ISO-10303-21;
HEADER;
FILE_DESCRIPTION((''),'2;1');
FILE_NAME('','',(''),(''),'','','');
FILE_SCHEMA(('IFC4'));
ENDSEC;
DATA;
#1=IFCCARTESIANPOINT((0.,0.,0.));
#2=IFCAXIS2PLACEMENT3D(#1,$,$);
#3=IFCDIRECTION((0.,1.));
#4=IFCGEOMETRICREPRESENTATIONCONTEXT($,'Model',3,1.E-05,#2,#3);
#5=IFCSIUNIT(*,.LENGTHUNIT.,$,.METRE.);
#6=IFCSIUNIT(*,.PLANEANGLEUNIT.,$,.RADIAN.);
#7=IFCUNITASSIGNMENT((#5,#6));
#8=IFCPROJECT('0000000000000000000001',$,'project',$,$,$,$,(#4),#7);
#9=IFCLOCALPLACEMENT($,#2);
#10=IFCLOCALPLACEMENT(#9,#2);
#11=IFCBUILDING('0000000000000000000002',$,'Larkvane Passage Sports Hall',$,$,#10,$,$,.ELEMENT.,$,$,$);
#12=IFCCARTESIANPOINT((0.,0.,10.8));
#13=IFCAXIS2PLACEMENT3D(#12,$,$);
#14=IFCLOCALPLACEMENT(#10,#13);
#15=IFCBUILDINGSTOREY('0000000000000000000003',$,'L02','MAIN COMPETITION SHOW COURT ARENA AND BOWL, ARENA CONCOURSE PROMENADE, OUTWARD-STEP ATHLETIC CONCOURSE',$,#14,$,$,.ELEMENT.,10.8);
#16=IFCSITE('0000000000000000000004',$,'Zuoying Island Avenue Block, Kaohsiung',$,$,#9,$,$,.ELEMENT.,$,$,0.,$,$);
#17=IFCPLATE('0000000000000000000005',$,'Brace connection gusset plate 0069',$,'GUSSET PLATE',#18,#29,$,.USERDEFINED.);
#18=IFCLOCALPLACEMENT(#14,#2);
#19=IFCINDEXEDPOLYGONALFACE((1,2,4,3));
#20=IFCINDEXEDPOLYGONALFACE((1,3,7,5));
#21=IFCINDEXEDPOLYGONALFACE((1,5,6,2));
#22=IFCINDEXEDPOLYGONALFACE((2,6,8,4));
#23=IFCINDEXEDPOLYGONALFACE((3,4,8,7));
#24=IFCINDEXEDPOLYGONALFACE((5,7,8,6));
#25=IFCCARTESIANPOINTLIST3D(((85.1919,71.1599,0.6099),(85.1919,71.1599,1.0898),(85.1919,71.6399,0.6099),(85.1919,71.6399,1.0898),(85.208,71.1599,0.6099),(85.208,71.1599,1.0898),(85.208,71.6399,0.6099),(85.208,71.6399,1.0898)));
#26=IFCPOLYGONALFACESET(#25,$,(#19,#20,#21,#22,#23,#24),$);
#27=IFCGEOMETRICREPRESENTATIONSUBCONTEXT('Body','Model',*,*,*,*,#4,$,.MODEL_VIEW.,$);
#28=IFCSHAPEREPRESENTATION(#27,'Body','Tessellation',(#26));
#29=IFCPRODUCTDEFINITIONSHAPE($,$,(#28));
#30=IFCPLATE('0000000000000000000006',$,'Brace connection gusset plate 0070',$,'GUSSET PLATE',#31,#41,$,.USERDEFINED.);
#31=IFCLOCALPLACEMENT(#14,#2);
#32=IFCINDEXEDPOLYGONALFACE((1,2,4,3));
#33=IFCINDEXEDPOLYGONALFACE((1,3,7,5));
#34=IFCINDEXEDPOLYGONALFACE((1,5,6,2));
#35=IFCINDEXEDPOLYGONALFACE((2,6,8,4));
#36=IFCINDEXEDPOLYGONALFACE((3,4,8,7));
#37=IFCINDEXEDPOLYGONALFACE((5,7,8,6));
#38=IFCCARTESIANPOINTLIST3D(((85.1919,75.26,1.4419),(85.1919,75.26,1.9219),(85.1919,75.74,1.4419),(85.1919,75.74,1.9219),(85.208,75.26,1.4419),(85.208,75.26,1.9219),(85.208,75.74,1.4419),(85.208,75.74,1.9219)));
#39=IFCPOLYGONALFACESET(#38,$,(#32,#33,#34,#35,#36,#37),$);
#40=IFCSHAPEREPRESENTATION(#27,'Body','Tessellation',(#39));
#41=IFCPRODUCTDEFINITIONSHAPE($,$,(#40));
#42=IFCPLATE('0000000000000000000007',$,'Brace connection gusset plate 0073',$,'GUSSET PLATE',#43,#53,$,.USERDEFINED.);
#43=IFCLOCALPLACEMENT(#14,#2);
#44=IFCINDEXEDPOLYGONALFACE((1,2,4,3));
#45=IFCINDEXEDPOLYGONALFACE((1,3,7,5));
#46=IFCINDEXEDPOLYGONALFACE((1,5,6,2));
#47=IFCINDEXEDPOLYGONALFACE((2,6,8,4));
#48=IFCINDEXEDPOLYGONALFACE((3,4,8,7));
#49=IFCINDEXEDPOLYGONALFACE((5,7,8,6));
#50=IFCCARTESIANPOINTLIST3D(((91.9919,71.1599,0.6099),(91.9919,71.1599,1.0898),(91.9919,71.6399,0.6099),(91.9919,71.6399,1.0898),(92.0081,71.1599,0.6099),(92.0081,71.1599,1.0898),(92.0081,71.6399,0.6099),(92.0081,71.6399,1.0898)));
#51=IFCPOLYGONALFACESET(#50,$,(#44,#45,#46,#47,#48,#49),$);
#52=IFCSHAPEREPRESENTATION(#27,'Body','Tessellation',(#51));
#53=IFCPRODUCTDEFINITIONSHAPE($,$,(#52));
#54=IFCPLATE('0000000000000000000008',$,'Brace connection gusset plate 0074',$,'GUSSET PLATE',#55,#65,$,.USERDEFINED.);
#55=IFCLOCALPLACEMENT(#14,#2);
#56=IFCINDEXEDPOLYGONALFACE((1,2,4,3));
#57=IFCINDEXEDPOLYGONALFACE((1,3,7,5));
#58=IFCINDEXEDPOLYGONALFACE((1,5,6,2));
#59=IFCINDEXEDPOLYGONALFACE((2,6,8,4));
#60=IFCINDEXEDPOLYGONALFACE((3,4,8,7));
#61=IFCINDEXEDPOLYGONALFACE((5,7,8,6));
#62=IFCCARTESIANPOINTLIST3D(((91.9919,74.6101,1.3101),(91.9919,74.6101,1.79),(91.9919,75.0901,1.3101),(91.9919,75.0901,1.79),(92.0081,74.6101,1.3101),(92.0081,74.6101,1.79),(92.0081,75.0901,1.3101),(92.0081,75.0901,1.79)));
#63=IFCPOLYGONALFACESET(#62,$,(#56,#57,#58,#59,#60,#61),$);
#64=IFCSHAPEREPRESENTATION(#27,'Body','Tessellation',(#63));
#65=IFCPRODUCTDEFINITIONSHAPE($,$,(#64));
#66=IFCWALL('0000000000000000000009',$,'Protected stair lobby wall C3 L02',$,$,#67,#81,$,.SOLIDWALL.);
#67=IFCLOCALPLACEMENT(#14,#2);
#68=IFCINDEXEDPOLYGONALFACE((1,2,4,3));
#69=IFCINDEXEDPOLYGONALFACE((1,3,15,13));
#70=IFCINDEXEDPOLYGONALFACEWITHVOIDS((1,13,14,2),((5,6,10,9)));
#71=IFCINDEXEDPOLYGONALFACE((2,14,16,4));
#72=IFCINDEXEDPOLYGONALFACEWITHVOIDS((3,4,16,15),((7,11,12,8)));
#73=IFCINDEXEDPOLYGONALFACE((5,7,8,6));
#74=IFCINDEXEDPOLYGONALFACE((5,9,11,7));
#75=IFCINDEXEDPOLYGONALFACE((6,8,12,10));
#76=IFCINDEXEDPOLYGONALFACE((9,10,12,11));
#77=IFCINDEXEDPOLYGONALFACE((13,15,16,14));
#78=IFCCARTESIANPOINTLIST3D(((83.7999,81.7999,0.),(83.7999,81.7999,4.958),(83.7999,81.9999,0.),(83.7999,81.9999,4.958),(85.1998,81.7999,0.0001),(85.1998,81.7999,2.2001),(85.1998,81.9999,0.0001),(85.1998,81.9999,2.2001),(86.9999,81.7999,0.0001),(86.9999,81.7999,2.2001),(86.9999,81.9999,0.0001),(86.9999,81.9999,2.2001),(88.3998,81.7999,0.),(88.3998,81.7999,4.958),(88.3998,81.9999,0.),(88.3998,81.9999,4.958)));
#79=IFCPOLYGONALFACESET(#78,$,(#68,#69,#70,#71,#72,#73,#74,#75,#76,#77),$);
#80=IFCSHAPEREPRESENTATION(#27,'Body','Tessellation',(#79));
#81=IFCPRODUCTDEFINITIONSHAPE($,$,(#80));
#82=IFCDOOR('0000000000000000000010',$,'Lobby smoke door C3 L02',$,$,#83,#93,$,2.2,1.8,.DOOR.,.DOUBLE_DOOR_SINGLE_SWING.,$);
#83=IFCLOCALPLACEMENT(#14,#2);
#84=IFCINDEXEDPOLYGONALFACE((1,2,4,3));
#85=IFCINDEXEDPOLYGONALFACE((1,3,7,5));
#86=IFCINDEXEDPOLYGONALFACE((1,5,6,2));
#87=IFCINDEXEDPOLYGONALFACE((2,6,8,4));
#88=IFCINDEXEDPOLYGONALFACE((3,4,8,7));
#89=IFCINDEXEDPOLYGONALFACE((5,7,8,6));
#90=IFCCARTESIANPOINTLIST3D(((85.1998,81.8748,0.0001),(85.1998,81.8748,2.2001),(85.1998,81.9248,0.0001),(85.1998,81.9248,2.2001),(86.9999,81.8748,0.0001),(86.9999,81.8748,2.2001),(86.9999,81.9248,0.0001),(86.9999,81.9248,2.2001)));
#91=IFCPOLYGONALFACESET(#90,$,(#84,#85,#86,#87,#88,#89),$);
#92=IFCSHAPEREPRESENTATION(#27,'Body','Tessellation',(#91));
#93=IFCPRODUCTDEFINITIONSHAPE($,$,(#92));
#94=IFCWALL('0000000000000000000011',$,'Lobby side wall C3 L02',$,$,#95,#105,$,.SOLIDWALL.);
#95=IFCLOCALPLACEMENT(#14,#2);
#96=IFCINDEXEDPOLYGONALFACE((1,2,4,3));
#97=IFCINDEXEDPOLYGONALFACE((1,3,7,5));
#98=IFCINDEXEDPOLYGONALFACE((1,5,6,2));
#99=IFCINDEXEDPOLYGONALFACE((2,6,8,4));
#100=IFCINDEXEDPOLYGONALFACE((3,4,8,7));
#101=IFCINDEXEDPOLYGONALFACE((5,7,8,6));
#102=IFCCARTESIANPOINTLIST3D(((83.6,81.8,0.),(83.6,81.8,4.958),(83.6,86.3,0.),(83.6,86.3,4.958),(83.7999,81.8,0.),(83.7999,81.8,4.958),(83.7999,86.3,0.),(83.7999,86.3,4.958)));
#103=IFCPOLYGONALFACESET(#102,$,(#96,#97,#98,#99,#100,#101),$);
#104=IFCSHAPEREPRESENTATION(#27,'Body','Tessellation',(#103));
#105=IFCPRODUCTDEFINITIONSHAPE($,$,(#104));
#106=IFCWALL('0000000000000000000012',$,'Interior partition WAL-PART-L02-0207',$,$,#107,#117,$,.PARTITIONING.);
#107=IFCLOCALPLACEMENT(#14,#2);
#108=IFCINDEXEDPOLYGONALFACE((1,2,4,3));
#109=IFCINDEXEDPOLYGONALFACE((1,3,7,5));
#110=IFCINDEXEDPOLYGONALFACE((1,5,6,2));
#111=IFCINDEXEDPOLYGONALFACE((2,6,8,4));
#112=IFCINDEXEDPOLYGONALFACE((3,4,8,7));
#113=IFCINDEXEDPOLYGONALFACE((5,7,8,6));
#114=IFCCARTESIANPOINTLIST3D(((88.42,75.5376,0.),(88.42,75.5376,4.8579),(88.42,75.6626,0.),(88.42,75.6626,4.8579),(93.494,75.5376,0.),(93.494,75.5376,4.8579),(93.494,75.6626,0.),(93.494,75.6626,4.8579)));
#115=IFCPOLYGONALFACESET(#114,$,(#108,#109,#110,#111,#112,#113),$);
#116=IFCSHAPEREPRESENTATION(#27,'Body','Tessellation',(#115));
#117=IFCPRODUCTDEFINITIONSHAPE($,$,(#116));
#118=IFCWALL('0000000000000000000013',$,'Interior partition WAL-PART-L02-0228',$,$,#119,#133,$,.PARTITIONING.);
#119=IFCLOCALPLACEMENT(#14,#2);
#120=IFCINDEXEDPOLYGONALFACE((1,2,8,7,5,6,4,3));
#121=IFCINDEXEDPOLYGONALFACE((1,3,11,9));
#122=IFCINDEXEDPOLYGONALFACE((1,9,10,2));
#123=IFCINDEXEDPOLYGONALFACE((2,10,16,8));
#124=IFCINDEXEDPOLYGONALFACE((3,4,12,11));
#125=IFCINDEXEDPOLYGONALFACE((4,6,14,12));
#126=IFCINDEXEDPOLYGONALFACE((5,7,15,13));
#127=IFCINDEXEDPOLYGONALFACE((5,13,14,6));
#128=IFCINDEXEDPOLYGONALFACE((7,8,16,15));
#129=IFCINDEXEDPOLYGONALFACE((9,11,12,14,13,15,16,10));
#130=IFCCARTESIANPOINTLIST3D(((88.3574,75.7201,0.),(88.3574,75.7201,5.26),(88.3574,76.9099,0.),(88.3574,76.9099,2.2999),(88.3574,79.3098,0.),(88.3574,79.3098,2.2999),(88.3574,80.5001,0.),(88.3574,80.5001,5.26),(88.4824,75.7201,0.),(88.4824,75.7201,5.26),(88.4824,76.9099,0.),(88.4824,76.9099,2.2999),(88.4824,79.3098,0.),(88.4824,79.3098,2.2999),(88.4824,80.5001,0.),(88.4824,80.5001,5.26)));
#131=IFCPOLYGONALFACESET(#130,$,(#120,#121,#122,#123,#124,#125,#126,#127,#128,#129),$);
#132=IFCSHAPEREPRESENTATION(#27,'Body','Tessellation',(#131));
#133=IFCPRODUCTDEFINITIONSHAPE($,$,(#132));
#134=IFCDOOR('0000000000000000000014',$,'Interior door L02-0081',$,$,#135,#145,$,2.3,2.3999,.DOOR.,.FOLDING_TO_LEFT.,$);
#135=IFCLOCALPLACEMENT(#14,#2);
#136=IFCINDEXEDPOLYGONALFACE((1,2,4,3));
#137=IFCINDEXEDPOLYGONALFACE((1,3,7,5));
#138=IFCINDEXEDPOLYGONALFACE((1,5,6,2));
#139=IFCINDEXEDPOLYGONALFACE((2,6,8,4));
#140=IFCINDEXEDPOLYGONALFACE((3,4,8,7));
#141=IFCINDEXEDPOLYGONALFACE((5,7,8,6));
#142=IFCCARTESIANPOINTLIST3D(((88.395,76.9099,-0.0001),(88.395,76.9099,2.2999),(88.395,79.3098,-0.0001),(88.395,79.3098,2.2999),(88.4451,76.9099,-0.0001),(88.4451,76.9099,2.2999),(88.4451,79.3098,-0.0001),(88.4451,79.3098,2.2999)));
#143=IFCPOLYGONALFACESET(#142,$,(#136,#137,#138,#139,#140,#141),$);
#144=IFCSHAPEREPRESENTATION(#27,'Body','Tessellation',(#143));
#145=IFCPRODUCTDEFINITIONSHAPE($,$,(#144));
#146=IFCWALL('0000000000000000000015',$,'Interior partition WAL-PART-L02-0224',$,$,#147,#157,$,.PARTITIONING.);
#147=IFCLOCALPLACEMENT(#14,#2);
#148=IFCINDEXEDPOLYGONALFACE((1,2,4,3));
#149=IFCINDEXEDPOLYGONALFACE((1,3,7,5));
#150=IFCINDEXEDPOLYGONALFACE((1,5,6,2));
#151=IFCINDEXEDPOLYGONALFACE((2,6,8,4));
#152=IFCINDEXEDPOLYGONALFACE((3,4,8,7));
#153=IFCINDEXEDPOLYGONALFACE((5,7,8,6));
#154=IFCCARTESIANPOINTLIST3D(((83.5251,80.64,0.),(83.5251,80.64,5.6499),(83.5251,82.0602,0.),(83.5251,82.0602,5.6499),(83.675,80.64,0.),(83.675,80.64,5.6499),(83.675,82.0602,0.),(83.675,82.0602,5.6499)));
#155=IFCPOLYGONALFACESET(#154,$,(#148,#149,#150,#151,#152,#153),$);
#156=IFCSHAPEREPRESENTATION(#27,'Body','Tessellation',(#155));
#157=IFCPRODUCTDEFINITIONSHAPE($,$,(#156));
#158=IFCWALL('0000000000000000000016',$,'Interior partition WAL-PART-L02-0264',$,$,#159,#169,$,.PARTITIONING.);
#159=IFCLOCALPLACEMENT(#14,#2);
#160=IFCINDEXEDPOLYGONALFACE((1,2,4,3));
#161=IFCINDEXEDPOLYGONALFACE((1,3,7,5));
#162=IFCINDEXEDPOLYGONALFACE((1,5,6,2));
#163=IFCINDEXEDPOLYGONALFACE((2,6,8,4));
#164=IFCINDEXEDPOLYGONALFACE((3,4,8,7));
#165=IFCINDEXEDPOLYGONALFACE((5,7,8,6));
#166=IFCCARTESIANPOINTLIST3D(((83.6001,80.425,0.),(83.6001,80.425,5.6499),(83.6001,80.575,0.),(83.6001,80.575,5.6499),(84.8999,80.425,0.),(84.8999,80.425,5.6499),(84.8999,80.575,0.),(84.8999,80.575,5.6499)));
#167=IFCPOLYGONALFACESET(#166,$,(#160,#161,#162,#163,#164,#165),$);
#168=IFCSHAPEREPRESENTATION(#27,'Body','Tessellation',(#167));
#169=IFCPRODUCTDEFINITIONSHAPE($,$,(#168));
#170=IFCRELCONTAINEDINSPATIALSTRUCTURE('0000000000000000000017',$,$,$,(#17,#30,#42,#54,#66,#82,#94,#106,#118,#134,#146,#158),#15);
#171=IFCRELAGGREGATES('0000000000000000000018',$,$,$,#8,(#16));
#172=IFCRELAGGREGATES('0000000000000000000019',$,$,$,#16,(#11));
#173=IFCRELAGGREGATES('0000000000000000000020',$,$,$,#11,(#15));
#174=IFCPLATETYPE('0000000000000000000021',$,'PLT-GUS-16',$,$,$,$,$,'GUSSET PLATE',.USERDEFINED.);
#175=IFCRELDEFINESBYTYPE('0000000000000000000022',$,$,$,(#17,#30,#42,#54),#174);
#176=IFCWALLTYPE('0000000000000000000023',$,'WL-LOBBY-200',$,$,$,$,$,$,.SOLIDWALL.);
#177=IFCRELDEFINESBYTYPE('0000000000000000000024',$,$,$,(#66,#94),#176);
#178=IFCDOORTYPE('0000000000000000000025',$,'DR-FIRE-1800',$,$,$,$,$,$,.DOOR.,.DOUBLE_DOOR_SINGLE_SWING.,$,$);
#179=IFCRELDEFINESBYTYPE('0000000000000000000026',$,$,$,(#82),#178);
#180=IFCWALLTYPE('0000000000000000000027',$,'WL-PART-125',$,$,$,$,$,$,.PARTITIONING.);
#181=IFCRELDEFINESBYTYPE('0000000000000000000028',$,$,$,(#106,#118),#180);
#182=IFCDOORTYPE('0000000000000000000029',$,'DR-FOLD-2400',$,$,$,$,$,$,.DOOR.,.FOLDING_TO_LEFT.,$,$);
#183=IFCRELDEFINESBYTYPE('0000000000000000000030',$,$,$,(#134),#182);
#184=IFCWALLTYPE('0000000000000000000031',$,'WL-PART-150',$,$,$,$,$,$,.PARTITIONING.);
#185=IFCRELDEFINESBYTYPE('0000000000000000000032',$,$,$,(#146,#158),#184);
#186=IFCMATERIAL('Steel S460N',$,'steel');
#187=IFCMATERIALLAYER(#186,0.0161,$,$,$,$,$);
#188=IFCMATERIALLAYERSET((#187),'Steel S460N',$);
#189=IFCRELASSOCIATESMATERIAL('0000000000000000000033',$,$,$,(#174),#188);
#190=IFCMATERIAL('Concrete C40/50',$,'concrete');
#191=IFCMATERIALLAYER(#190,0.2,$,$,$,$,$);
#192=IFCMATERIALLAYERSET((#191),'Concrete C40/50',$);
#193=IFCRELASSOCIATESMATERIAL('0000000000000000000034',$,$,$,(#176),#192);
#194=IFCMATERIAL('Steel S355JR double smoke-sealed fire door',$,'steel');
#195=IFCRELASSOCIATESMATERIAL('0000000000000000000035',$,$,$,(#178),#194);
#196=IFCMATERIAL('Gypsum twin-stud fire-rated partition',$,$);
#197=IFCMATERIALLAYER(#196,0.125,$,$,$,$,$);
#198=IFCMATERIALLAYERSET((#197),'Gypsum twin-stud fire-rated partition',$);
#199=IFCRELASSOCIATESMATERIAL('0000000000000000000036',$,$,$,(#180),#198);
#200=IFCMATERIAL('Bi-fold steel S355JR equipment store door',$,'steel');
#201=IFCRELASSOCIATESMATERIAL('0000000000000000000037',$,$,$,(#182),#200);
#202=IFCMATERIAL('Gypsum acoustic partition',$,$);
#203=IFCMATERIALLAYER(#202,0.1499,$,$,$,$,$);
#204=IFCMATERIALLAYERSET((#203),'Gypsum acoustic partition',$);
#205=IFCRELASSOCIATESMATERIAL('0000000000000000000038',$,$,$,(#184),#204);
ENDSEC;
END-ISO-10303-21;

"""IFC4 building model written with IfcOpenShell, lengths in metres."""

from ifc_helpers import new_model, si_unit, direction, frame, frame_2d, origin, origin_2d, place, context, subcontext, project, spatial, rectangle, extrude, material, layer, layer_set, type_object, element, fill, save


model = new_model("IFC4")

# Units and contexts
model_context = context("Model", 3, precision=1e-05, world=origin(), true_north=direction((0.0, 1.0)))
body_context = subcontext(model_context, "Body", "Model", "MODEL_VIEW")
ifc_project = project(units=[si_unit("LENGTHUNIT", "METRE"), si_unit("PLANEANGLEUNIT", "RADIAN")], contexts=[model_context])

# Site, building, storey
site_placement = place(None, origin())
site = spatial("IfcSite", under=ifc_project, at=site_placement, Name="Zuoying Island Avenue Block, Kaohsiung", CompositionType="ELEMENT", RefElevation=0.0)
building_placement = place(site_placement, origin())
building = spatial("IfcBuilding", under=site, at=building_placement, Name="Larkvane Passage Sports Hall", CompositionType="ELEMENT")
storey_placement = place(building_placement, frame((0.0, 0.0, 10.8)))
storey = spatial("IfcBuildingStorey", under=building, at=storey_placement, Name="L02", Description="MAIN COMPETITION SHOW COURT ARENA AND BOWL, ARENA CONCOURSE PROMENADE, OUTWARD-STEP ATHLETIC CONCOURSE", CompositionType="ELEMENT", Elevation=10.8)

# Shared definitions
ifc_material_1 = material(Name="Steel S460N", Category="steel")

# Shared definitions
ifc_material_2 = material(Name="Concrete C40/50", Category="concrete")

# Plates
ifc_layer_1 = layer(ifc_material_1, 0.0161)
ifc_layer_set_1 = layer_set([ifc_layer_1], Name="Steel S460N")
plate_type_1 = type_object("IfcPlateType", Name="PLT-GUS-16", ElementType="GUSSET PLATE", PredefinedType="USERDEFINED", material=ifc_layer_set_1)
for number, where, z_axis, x_axis, name in (
    (1, (85.2, 71.3999, 0.6099), (0.0, 0.0, 1.0), (0.0, 1.0, 0.0), "Brace connection gusset plate 0069"),
    (2, (85.2, 75.5, 1.4419), (0.0, 0.0, 1.0), (0.0, 1.0, 0.0), "Brace connection gusset plate 0070"),
    (3, (92.0, 71.3999, 0.6099), (0.0, 0.0, 1.0), (0.0, 1.0, 0.0), "Brace connection gusset plate 0073"),
    (4, (92.0, 74.8501, 1.3101), (0.0, 0.0, 1.0), (0.0, 1.0, 0.0), "Brace connection gusset plate 0074"),
):
    element("IfcPlate", number, at=place(storey_placement, frame(where, z_axis=z_axis, x_axis=x_axis)), inside=storey, type_object=plate_type_1, Name=name, ObjectType="GUSSET PLATE", PredefinedType="USERDEFINED", context=body_context, shape_type="SweptSolid", body=[
        extrude(rectangle(XDim=0.48, YDim=0.0161, at=origin_2d()), origin(), (0.0, 0.0, 1.0), 0.48),
    ])

# Wall, opening, door
ifc_layer_2 = layer(ifc_material_2, 0.2)
ifc_layer_set_2 = layer_set([ifc_layer_2], Name="Concrete C40/50")
wall_type_1 = type_object("IfcWallType", Name="WL-LOBBY-200", PredefinedType="SOLIDWALL", material=ifc_layer_set_2)
wall_1_placement = place(storey_placement, frame((83.8, 81.8999, 0.0), z_axis=(0.0, 0.0, 1.0), x_axis=(1.0, 0.0, 0.0)))
wall_1 = element("IfcWall", 5, at=wall_1_placement, inside=storey, type_object=wall_type_1, Name="Protected stair lobby wall C3 L02", PredefinedType="SOLIDWALL", context=body_context, shape_type="SweptSolid", body=[
    extrude(rectangle(XDim=4.5999, YDim=0.2, at=frame_2d((2.2998, 0.0))), origin(), (0.0, 0.0, 1.0), 4.958),
])
opening_1_placement = place(wall_1_placement, frame((1.3999, 0.0, 0.0)))
opening_1 = element("IfcOpeningElement", 6, at=opening_1_placement, cuts=wall_1, PredefinedType="OPENING", context=body_context, shape_type="SweptSolid", body=[
    extrude(rectangle(XDim=1.8, YDim=2.2, at=frame_2d((0.8999, 1.1001))), frame((0.0, 0.1099, 0.0), z_axis=(0.0, -1.0, 0.0), x_axis=(1.0, 0.0, 0.0)), (0.0, 0.0, 1.0), 0.22),
])
ifc_material_3 = material(Name="Steel S355JR double smoke-sealed fire door", Category="steel")
door_type_1 = type_object("IfcDoorType", Name="DR-FIRE-1800", OperationType="DOUBLE_DOOR_SINGLE_SWING", PredefinedType="DOOR", material=ifc_material_3)
door_1_placement = place(opening_1_placement, origin())
door_1 = element("IfcDoor", 7, at=door_1_placement, inside=storey, type_object=door_type_1, Name="Lobby smoke door C3 L02", OperationType="DOUBLE_DOOR_SINGLE_SWING", OverallHeight=2.2, OverallWidth=1.8, PredefinedType="DOOR", context=body_context, shape_type="SweptSolid", body=[
    extrude(rectangle(XDim=1.8, YDim=2.2, at=frame_2d((0.8999, 1.1001))), frame((0.0, 0.0249, 0.0), z_axis=(0.0, -1.0, 0.0), x_axis=(1.0, 0.0, 0.0)), (0.0, 0.0, 1.0), 0.05),
])
fill(opening_1, door_1)

# Walls
wall_2_placement = place(storey_placement, frame((83.7, 81.8, 0.0), z_axis=(0.0, 0.0, 1.0), x_axis=(0.0, 1.0, 0.0)))
element("IfcWall", 8, at=wall_2_placement, inside=storey, type_object=wall_type_1, Name="Lobby side wall C3 L02", PredefinedType="SOLIDWALL", context=body_context, shape_type="SweptSolid", body=[
    extrude(rectangle(XDim=4.5, YDim=0.2, at=frame_2d((2.25, 0.0))), origin(), (0.0, 0.0, 1.0), 4.958),
])
ifc_material_4 = material(Name="Gypsum twin-stud fire-rated partition")
ifc_layer_3 = layer(ifc_material_4, 0.125)
ifc_layer_set_3 = layer_set([ifc_layer_3], Name="Gypsum twin-stud fire-rated partition")
wall_type_2 = type_object("IfcWallType", Name="WL-PART-125", PredefinedType="PARTITIONING", material=ifc_layer_set_3)
wall_3_placement = place(storey_placement, frame((88.4199, 75.6001, 0.0), z_axis=(0.0, 0.0, 1.0), x_axis=(1.0, 0.0, 0.0)))
element("IfcWall", 9, at=wall_3_placement, inside=storey, type_object=wall_type_2, Name="Interior partition WAL-PART-L02-0207", PredefinedType="PARTITIONING", context=body_context, shape_type="SweptSolid", body=[
    extrude(rectangle(XDim=5.074, YDim=0.125, at=frame_2d((2.5371, 0.0))), origin(), (0.0, 0.0, 1.0), 4.8579),
])

# Wall, opening, door
wall_4_placement = place(storey_placement, frame((88.4199, 75.72, 0.0), z_axis=(0.0, 0.0, 1.0), x_axis=(0.0, 1.0, 0.0)))
wall_4 = element("IfcWall", 10, at=wall_4_placement, inside=storey, type_object=wall_type_2, Name="Interior partition WAL-PART-L02-0228", PredefinedType="PARTITIONING", context=body_context, shape_type="SweptSolid", body=[
    extrude(rectangle(XDim=4.78, YDim=0.125, at=frame_2d((2.3901, 0.0))), origin(), (0.0, 0.0, 1.0), 5.26),
])
opening_2_placement = place(wall_4_placement, frame((1.1899, 0.0, 0.0)))
opening_2 = element("IfcOpeningElement", 11, at=opening_2_placement, cuts=wall_4, PredefinedType="OPENING", context=body_context, shape_type="SweptSolid", body=[
    extrude(rectangle(XDim=2.3999, YDim=2.3, at=frame_2d((1.2, 1.1499))), frame((0.0, 0.0725, 0.0), z_axis=(0.0, -1.0, 0.0), x_axis=(1.0, 0.0, 0.0)), (0.0, 0.0, 1.0), 0.145),
])
ifc_material_5 = material(Name="Bi-fold steel S355JR equipment store door", Category="steel")
door_type_2 = type_object("IfcDoorType", Name="DR-FOLD-2400", OperationType="FOLDING_TO_LEFT", PredefinedType="DOOR", material=ifc_material_5)
door_2_placement = place(opening_2_placement, origin())
door_2 = element("IfcDoor", 12, at=door_2_placement, inside=storey, type_object=door_type_2, Name="Interior door L02-0081", OperationType="FOLDING_TO_LEFT", OverallHeight=2.3, OverallWidth=2.3999, PredefinedType="DOOR", context=body_context, shape_type="SweptSolid", body=[
    extrude(rectangle(XDim=2.3999, YDim=2.3, at=frame_2d((1.2, 1.1499))), frame((0.0, 0.0249, 0.0), z_axis=(0.0, -1.0, 0.0), x_axis=(1.0, 0.0, 0.0)), (0.0, 0.0, 1.0), 0.05),
])
fill(opening_2, door_2)

# Walls
ifc_material_6 = material(Name="Gypsum acoustic partition")
ifc_layer_4 = layer(ifc_material_6, 0.1499)
ifc_layer_set_4 = layer_set([ifc_layer_4], Name="Gypsum acoustic partition")
wall_type_3 = type_object("IfcWallType", Name="WL-PART-150", PredefinedType="PARTITIONING", material=ifc_layer_set_4)
wall_5_placement = place(storey_placement, frame((83.6001, 82.0601, 0.0), z_axis=(0.0, 0.0, 1.0), x_axis=(0.0, -1.0, 0.0)))
element("IfcWall", 13, at=wall_5_placement, inside=storey, type_object=wall_type_3, Name="Interior partition WAL-PART-L02-0224", PredefinedType="PARTITIONING", context=body_context, shape_type="SweptSolid", body=[
    extrude(rectangle(XDim=1.4202, YDim=0.1499, at=frame_2d((0.71, 0.0))), origin(), (0.0, 0.0, 1.0), 5.6499),
])
wall_6_placement = place(storey_placement, frame((83.6001, 80.5, 0.0), z_axis=(0.0, 0.0, 1.0), x_axis=(1.0, 0.0, 0.0)))
element("IfcWall", 14, at=wall_6_placement, inside=storey, type_object=wall_type_3, Name="Interior partition WAL-PART-L02-0264", PredefinedType="PARTITIONING", context=body_context, shape_type="SweptSolid", body=[
    extrude(rectangle(XDim=1.2998, YDim=0.1499, at=frame_2d((0.6499, 0.0))), origin(), (0.0, 0.0, 1.0), 5.6499),
])

save(model, "model.ifc")
